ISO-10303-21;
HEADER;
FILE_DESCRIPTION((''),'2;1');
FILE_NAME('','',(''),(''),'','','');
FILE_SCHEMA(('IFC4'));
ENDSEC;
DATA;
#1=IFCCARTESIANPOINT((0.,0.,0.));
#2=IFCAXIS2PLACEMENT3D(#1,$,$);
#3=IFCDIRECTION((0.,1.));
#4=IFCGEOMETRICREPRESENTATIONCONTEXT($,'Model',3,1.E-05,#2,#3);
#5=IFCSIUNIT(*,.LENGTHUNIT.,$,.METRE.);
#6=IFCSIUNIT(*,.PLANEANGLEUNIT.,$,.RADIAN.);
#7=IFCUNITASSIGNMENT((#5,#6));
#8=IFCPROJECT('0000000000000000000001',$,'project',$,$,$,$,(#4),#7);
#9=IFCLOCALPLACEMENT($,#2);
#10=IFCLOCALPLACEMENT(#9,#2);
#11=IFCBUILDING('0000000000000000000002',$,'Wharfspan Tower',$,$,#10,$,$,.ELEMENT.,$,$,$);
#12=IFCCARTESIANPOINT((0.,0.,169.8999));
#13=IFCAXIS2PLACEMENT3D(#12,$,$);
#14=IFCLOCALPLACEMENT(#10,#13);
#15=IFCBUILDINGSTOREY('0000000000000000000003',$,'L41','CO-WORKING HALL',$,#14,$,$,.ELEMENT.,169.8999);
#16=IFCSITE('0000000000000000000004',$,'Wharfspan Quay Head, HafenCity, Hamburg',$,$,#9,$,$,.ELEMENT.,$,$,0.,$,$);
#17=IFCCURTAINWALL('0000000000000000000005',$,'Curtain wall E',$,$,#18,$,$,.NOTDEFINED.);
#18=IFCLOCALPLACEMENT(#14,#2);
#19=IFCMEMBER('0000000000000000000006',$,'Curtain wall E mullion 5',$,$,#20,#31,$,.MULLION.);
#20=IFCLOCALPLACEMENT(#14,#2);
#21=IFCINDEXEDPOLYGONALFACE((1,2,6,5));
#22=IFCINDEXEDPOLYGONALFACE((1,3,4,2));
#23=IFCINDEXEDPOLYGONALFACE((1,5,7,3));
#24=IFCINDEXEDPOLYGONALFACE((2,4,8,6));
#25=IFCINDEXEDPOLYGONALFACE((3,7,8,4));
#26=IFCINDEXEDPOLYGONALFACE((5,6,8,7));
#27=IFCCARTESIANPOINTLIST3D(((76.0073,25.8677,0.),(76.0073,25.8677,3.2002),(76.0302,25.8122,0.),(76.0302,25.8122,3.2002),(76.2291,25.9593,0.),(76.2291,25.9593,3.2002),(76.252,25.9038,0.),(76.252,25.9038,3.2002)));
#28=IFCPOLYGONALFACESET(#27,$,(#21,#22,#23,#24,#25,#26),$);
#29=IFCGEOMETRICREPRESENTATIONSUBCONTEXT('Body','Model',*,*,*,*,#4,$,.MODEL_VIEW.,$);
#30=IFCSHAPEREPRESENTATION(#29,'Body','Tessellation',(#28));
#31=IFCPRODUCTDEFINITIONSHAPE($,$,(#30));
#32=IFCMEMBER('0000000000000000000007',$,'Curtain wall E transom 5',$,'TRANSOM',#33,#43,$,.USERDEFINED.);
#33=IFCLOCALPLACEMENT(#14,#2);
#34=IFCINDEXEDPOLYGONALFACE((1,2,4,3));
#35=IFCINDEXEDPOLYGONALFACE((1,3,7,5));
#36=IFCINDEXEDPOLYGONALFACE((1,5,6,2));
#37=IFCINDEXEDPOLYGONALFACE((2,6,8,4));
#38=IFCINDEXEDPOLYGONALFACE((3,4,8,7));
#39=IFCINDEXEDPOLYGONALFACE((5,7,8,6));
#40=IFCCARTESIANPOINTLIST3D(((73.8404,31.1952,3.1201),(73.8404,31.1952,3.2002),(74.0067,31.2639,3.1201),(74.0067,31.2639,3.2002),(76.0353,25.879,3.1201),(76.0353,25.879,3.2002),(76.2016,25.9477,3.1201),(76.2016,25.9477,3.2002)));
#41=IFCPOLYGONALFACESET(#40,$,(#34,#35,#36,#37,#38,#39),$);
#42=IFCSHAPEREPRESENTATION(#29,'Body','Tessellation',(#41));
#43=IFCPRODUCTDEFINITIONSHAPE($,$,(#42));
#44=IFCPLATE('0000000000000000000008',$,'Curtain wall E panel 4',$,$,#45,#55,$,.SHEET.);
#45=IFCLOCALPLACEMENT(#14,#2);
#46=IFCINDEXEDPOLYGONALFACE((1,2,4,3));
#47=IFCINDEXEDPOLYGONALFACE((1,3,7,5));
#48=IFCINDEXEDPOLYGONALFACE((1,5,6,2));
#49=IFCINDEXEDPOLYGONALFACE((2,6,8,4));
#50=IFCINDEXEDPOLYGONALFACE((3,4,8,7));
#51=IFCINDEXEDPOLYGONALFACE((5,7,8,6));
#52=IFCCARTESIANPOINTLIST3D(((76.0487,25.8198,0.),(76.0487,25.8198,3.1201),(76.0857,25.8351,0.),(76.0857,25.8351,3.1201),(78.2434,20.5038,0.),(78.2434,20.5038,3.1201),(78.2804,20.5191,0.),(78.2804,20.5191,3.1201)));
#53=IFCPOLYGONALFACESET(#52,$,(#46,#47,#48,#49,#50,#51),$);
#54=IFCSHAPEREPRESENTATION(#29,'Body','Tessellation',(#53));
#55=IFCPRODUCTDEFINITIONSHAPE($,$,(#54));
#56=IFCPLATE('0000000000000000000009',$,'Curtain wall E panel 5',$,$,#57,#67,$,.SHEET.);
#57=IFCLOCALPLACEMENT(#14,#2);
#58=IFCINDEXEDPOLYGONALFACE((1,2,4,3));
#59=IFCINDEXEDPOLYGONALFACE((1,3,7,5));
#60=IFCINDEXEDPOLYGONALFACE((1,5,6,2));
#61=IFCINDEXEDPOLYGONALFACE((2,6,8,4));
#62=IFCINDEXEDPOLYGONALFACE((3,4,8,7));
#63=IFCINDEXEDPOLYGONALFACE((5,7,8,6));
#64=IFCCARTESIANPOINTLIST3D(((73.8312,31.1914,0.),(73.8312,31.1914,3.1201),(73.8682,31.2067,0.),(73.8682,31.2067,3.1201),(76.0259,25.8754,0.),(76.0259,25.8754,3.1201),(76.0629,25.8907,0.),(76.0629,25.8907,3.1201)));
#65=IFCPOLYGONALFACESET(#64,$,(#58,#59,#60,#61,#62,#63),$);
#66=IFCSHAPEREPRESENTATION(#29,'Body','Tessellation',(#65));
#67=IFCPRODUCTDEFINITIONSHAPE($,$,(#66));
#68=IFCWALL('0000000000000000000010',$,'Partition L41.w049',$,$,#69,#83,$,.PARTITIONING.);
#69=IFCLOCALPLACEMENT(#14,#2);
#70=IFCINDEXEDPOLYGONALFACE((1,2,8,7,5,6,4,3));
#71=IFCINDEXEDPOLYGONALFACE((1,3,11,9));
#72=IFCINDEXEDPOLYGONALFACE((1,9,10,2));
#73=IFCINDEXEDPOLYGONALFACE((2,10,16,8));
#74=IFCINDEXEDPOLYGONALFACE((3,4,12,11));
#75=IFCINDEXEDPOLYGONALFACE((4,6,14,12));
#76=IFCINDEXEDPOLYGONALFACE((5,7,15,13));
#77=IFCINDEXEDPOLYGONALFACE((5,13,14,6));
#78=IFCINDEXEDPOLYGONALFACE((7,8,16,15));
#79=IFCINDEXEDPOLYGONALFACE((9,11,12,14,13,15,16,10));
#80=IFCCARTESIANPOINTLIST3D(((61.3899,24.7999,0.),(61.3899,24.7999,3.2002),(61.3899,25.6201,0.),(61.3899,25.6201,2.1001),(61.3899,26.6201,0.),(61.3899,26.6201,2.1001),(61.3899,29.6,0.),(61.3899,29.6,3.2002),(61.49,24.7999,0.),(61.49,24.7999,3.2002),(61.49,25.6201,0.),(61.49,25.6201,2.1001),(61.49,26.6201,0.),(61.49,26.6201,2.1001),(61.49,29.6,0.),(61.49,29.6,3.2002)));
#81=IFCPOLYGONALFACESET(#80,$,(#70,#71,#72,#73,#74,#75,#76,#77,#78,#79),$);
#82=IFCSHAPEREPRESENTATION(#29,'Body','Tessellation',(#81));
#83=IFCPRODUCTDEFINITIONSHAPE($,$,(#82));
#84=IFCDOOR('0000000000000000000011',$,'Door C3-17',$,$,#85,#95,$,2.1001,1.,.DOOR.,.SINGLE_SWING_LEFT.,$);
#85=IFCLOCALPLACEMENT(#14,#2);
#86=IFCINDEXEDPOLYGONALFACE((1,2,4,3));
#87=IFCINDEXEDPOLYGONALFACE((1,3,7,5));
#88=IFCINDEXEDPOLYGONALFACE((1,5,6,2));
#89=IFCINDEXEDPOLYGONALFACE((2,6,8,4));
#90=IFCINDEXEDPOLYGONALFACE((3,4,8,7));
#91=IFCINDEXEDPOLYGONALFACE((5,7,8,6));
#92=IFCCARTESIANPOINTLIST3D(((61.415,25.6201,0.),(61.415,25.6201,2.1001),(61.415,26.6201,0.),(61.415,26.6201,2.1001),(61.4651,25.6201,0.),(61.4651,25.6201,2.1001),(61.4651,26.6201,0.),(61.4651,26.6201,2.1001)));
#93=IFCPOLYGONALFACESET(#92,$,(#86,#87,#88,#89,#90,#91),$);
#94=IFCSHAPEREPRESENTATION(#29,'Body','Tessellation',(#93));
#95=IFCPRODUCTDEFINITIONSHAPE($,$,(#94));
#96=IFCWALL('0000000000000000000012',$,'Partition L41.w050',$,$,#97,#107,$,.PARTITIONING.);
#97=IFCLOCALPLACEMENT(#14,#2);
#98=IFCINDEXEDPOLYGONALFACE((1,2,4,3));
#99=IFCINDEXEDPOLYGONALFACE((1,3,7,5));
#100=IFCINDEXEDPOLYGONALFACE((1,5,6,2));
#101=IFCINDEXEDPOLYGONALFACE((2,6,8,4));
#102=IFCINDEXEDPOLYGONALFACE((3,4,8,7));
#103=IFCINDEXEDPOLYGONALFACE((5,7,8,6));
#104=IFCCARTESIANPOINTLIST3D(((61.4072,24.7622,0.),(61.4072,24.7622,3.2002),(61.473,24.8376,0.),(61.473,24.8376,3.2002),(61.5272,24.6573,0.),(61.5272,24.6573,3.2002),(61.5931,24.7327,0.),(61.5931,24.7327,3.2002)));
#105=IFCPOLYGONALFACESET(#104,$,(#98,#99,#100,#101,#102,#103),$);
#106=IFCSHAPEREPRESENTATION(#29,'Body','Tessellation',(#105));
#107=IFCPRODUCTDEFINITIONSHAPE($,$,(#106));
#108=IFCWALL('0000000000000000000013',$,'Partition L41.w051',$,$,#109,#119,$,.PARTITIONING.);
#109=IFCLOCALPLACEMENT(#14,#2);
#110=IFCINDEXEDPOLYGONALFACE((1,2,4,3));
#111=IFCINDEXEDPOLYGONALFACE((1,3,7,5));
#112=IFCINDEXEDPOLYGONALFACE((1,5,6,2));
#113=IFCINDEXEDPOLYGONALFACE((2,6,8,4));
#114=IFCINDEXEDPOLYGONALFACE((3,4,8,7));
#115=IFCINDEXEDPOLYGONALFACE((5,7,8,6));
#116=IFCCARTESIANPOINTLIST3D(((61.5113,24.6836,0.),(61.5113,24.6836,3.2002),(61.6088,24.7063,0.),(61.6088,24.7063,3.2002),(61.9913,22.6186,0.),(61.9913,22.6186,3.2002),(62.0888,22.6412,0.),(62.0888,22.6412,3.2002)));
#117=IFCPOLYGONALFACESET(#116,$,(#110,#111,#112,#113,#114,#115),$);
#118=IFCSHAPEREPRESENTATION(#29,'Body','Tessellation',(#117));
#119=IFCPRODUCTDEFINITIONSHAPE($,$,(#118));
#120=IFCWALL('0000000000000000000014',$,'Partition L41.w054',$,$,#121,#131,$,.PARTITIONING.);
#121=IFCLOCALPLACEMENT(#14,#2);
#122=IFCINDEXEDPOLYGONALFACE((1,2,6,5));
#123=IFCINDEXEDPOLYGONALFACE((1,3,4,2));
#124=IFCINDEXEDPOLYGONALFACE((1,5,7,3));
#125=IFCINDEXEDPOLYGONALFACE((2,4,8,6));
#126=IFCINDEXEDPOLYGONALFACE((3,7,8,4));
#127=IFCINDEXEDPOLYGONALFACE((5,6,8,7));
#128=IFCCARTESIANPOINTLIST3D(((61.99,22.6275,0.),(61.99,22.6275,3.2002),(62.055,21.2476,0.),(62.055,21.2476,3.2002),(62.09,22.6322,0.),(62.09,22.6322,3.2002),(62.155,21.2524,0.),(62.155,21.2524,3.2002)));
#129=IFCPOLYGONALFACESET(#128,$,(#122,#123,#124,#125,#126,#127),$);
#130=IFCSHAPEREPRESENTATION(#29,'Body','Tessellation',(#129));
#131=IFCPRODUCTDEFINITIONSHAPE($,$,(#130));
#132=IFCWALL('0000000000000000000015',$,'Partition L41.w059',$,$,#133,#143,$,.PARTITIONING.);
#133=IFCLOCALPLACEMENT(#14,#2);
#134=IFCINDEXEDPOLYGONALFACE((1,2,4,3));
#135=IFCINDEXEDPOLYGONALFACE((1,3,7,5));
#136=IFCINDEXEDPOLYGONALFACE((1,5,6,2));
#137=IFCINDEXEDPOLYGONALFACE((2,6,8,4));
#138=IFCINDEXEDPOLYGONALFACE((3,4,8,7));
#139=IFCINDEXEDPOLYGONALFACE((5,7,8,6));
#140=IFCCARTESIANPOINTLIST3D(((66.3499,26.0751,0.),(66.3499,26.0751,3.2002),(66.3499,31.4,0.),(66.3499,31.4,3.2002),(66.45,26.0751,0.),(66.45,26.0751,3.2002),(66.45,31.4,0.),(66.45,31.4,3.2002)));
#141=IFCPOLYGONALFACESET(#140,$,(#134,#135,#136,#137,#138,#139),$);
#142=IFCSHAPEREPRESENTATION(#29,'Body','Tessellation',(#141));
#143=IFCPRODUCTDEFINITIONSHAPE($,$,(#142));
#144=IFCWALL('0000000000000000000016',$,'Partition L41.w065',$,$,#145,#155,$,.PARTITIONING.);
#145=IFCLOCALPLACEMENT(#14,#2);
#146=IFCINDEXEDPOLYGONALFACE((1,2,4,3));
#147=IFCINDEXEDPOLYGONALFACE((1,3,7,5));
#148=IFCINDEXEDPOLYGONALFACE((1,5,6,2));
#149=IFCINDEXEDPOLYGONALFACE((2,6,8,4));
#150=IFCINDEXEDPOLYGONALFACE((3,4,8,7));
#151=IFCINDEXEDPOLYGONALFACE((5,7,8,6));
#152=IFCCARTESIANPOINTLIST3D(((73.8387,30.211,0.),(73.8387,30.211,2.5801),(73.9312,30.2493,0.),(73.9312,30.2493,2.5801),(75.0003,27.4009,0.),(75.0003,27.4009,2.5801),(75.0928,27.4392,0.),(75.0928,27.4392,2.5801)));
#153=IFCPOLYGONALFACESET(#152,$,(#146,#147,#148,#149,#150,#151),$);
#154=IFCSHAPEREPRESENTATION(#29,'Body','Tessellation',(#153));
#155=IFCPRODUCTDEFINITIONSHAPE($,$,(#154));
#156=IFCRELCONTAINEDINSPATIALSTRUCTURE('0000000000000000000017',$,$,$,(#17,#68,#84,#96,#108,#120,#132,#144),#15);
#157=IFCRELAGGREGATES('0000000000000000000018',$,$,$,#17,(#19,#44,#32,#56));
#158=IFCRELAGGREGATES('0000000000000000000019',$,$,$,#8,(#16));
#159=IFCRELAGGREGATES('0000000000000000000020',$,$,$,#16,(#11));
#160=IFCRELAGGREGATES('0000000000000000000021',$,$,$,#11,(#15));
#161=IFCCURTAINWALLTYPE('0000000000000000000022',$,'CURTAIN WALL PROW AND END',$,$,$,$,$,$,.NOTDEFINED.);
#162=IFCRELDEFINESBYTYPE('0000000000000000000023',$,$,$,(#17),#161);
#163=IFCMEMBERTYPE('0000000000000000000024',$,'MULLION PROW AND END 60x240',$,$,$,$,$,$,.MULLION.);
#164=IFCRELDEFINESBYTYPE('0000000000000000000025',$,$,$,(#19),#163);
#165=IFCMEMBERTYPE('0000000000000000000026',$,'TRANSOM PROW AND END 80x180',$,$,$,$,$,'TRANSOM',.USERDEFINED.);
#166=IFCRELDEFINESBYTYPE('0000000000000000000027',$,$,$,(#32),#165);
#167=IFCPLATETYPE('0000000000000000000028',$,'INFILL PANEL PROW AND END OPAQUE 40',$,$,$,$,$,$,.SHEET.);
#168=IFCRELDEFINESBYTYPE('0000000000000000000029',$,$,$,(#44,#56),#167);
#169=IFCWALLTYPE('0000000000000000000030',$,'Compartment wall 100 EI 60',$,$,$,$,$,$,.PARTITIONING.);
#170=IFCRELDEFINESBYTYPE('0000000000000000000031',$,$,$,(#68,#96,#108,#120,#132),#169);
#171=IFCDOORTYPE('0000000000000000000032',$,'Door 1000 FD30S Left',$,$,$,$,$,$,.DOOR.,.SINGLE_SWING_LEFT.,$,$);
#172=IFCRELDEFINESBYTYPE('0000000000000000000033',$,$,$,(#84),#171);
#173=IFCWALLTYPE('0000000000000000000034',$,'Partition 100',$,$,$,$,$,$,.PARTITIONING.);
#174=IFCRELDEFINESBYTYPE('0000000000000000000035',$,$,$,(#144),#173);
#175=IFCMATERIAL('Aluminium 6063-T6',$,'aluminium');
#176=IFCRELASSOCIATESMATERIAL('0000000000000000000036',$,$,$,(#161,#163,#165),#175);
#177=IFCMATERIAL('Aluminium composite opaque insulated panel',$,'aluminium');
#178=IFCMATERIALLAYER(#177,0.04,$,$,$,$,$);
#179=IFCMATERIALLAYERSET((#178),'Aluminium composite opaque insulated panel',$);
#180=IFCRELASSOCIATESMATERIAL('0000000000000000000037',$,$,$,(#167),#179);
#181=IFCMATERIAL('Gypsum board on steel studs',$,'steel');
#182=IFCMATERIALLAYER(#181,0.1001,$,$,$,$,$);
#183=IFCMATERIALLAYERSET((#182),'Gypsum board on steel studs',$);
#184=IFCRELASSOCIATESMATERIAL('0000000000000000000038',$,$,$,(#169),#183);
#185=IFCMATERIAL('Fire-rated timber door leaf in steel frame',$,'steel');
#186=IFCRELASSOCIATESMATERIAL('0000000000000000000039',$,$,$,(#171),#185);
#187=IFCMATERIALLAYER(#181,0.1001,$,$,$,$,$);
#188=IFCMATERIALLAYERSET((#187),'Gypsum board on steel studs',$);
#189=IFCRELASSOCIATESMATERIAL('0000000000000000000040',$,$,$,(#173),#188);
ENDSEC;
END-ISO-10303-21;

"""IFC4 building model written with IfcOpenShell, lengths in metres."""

from ifc_helpers import new_model, si_unit, direction, frame, frame_2d, origin, origin_2d, place, context, subcontext, project, spatial, rectangle, extrude, material, layer, layer_set, material_profile, profile_set, type_object, element, fill, aggregate, save


model = new_model("IFC4")

# Units and contexts
model_context = context("Model", 3, precision=1e-05, world=origin(), true_north=direction((0.0, 1.0)))
body_context = subcontext(model_context, "Body", "Model", "MODEL_VIEW")
ifc_project = project(units=[si_unit("LENGTHUNIT", "METRE"), si_unit("PLANEANGLEUNIT", "RADIAN")], contexts=[model_context])

# Site, building, storey
site_placement = place(None, origin())
site = spatial("IfcSite", under=ifc_project, at=site_placement, Name="Wharfspan Quay Head, HafenCity, Hamburg", CompositionType="ELEMENT", RefElevation=0.0)
building_placement = place(site_placement, origin())
building = spatial("IfcBuilding", under=site, at=building_placement, Name="Wharfspan Tower", CompositionType="ELEMENT")
storey_placement = place(building_placement, frame((0.0, 0.0, 169.8999)))
storey = spatial("IfcBuildingStorey", under=building, at=storey_placement, Name="L41", Description="CO-WORKING HALL", CompositionType="ELEMENT", Elevation=169.8999)

# Curtain wall, members, plates
ifc_material_1 = material(Name="Aluminium 6063-T6", Category="aluminium")
curtain_wall_type = type_object("IfcCurtainWallType", Name="CURTAIN WALL PROW AND END", PredefinedType="NOTDEFINED", material=ifc_material_1)
curtain_wall_placement = place(storey_placement, origin())
curtain_wall = element("IfcCurtainWall", 1, at=curtain_wall_placement, inside=storey, type_object=curtain_wall_type, Name="Curtain wall E", PredefinedType="NOTDEFINED")
ifc_material_profile_1 = material_profile(ifc_material_1, rectangle(XDim=0.24, YDim=0.0601, at=origin_2d()))
ifc_profile_set_1 = profile_set([ifc_material_profile_1], Name="Aluminium 6063-T6")
member_type_1 = type_object("IfcMemberType", Name="MULLION PROW AND END 60x240", PredefinedType="MULLION", material=ifc_profile_set_1)
member_1_placement = place(storey_placement, frame((76.1296, 25.8857, 0.0), z_axis=(0.0, 0.0, 1.0), x_axis=(-0.924325, -0.381602, 0.0)))
member_1 = element("IfcMember", 2, at=member_1_placement, type_object=member_type_1, Name="Curtain wall E mullion 5", PredefinedType="MULLION", context=body_context, shape_type="SweptSolid", body=[
    extrude(rectangle(XDim=0.24, YDim=0.0601, at=origin_2d()), origin(), (0.0, 0.0, 1.0), 3.2002),
])
ifc_material_profile_2 = material_profile(ifc_material_1, rectangle(XDim=0.1799, YDim=0.0801, at=origin_2d()))
ifc_profile_set_2 = profile_set([ifc_material_profile_2], Name="Aluminium 6063-T6")
member_type_2 = type_object("IfcMemberType", Name="TRANSOM PROW AND END 80x180", ElementType="TRANSOM", PredefinedType="USERDEFINED", material=ifc_profile_set_2)
member_2_placement = place(storey_placement, frame((76.1184, 25.9133, 3.1602), z_axis=(-0.381614, 0.924322, 0.0), x_axis=(-0.924322, -0.381614, 0.0)))
member_2 = element("IfcMember", 3, at=member_2_placement, type_object=member_type_2, Name="Curtain wall E transom 5", ObjectType="TRANSOM", PredefinedType="USERDEFINED", context=body_context, shape_type="SweptSolid", body=[
    extrude(rectangle(XDim=0.1799, YDim=0.0801, at=origin_2d()), origin(), (0.0, 0.0, 1.0), 5.7515),
])
ifc_material_2 = material(Name="Aluminium composite opaque insulated panel", Category="aluminium")
ifc_layer_1 = layer(ifc_material_2, 0.04)
ifc_layer_set_1 = layer_set([ifc_layer_1], Name="Aluminium composite opaque insulated panel")
plate_type = type_object("IfcPlateType", Name="INFILL PANEL PROW AND END OPAQUE 40", PredefinedType="SHEET", material=ifc_layer_set_1)
plate_1_placement = place(storey_placement, frame((77.1646, 23.1694, 0.0), z_axis=(0.0, 0.0, 1.0), x_axis=(-0.381602, 0.924325, 0.0)))
plate_1 = element("IfcPlate", 4, at=plate_1_placement, type_object=plate_type, Name="Curtain wall E panel 4", PredefinedType="SHEET", context=body_context, shape_type="SweptSolid", body=[
    extrude(rectangle(XDim=5.7512, YDim=0.04, at=origin_2d()), origin(), (0.0, 0.0, 1.0), 3.1201),
])
plate_2_placement = place(storey_placement, frame((74.947, 28.541, 0.0), z_axis=(0.0, 0.0, 1.0), x_axis=(-0.381602, 0.924325, 0.0)))
plate_2 = element("IfcPlate", 5, at=plate_2_placement, type_object=plate_type, Name="Curtain wall E panel 5", PredefinedType="SHEET", context=body_context, shape_type="SweptSolid", body=[
    extrude(rectangle(XDim=5.7512, YDim=0.04, at=origin_2d()), origin(), (0.0, 0.0, 1.0), 3.1201),
])
aggregate(curtain_wall, [member_1, plate_1, member_2, plate_2])

# Wall, opening, door
ifc_material_3 = material(Name="Gypsum board on steel studs", Category="steel")
ifc_layer_2 = layer(ifc_material_3, 0.1001)
ifc_layer_set_2 = layer_set([ifc_layer_2], Name="Gypsum board on steel studs")
wall_type_1 = type_object("IfcWallType", Name="Compartment wall 100 EI 60", PredefinedType="PARTITIONING", material=ifc_layer_set_2)
wall_1_placement = place(storey_placement, frame((61.4399, 24.8, 0.0), z_axis=(0.0, 0.0, 1.0), x_axis=(0.0, 1.0, 0.0)))
wall_1 = element("IfcWall", 6, at=wall_1_placement, inside=storey, type_object=wall_type_1, Name="Partition L41.w049", PredefinedType="PARTITIONING", context=body_context, shape_type="SweptSolid", body=[
    extrude(rectangle(XDim=4.8, YDim=0.1001, at=frame_2d((2.3999, 0.0))), origin(), (0.0, 0.0, 1.0), 3.2002),
])
opening_1_placement = place(wall_1_placement, frame((0.8201, 0.0, 0.0)))
opening_1 = element("IfcOpeningElement", 7, at=opening_1_placement, cuts=wall_1, PredefinedType="OPENING", context=body_context, shape_type="SweptSolid", body=[
    extrude(rectangle(XDim=1.0, YDim=2.1001, at=frame_2d((0.5, 1.05))), frame((0.0, 0.0601, 0.0), z_axis=(0.0, -1.0, 0.0), x_axis=(1.0, 0.0, 0.0)), (0.0, 0.0, 1.0), 0.1201),
])
ifc_material_4 = material(Name="Fire-rated timber door leaf in steel frame", Category="steel")
door_type_1 = type_object("IfcDoorType", Name="Door 1000 FD30S Left", OperationType="SINGLE_SWING_LEFT", PredefinedType="DOOR", material=ifc_material_4)
door_1_placement = place(opening_1_placement, origin())
door_1 = element("IfcDoor", 8, at=door_1_placement, inside=storey, type_object=door_type_1, Name="Door C3-17", OperationType="SINGLE_SWING_LEFT", OverallHeight=2.1001, OverallWidth=1.0, PredefinedType="DOOR", context=body_context, shape_type="SweptSolid", body=[
    extrude(rectangle(XDim=1.0, YDim=2.1001, at=frame_2d((0.5, 1.05))), frame((0.0, 0.0249, 0.0), z_axis=(0.0, -1.0, 0.0), x_axis=(1.0, 0.0, 0.0)), (0.0, 0.0, 1.0), 0.05),
])
fill(opening_1, door_1)

# Walls
wall_2_placement = place(storey_placement, frame((61.5601, 24.6951, 0.0), z_axis=(0.0, 0.0, 1.0), x_axis=(-0.752958, 0.658073, 0.0)))
element("IfcWall", 9, at=wall_2_placement, inside=storey, type_object=wall_type_1, Name="Partition L41.w050", PredefinedType="PARTITIONING", context=body_context, shape_type="SweptSolid", body=[
    extrude(rectangle(XDim=0.1594, YDim=0.1001, at=frame_2d((0.0796, 0.0))), origin(), (0.0, 0.0, 1.0), 3.2002),
])
wall_3_placement = place(storey_placement, frame((62.04, 22.6299, 0.0), z_axis=(0.0, 0.0, 1.0), x_axis=(-0.226381, 0.974037, 0.0)))
element("IfcWall", 10, at=wall_3_placement, inside=storey, type_object=wall_type_1, Name="Partition L41.w051", PredefinedType="PARTITIONING", context=body_context, shape_type="SweptSolid", body=[
    extrude(rectangle(XDim=2.1201, YDim=0.1001, at=frame_2d((1.0601, 0.0))), origin(), (0.0, 0.0, 1.0), 3.2002),
])
wall_4_placement = place(storey_placement, frame((62.105, 21.25, 0.0), z_axis=(0.0, 0.0, 1.0), x_axis=(-0.047011, 0.998895, 0.0)))
element("IfcWall", 11, at=wall_4_placement, inside=storey, type_object=wall_type_1, Name="Partition L41.w054", PredefinedType="PARTITIONING", context=body_context, shape_type="SweptSolid", body=[
    extrude(rectangle(XDim=1.3813, YDim=0.1001, at=frame_2d((0.6907, 0.0))), origin(), (0.0, 0.0, 1.0), 3.2002),
])
wall_5_placement = place(storey_placement, frame((66.3999, 26.075, 0.0), z_axis=(0.0, 0.0, 1.0), x_axis=(0.0, 1.0, 0.0)))
element("IfcWall", 12, at=wall_5_placement, inside=storey, type_object=wall_type_1, Name="Partition L41.w059", PredefinedType="PARTITIONING", context=body_context, shape_type="SweptSolid", body=[
    extrude(rectangle(XDim=5.325, YDim=0.1001, at=frame_2d((2.6626, 0.0))), origin(), (0.0, 0.0, 1.0), 3.2002),
])
ifc_layer_3 = layer(ifc_material_3, 0.1001)
ifc_layer_set_3 = layer_set([ifc_layer_3], Name="Gypsum board on steel studs")
wall_type_2 = type_object("IfcWallType", Name="Partition 100", PredefinedType="PARTITIONING", material=ifc_layer_set_3)
wall_6_placement = place(storey_placement, frame((75.0466, 27.4199, 0.0), z_axis=(0.0, 0.0, 1.0), x_axis=(-0.382024, 0.924148, 0.0)))
element("IfcWall", 13, at=wall_6_placement, inside=storey, type_object=wall_type_2, Name="Partition L41.w065", PredefinedType="PARTITIONING", context=body_context, shape_type="SweptSolid", body=[
    extrude(rectangle(XDim=3.0408, YDim=0.1001, at=frame_2d((1.5205, 0.0))), origin(), (0.0, 0.0, 1.0), 2.5801),
])

save(model, "model.ifc")
